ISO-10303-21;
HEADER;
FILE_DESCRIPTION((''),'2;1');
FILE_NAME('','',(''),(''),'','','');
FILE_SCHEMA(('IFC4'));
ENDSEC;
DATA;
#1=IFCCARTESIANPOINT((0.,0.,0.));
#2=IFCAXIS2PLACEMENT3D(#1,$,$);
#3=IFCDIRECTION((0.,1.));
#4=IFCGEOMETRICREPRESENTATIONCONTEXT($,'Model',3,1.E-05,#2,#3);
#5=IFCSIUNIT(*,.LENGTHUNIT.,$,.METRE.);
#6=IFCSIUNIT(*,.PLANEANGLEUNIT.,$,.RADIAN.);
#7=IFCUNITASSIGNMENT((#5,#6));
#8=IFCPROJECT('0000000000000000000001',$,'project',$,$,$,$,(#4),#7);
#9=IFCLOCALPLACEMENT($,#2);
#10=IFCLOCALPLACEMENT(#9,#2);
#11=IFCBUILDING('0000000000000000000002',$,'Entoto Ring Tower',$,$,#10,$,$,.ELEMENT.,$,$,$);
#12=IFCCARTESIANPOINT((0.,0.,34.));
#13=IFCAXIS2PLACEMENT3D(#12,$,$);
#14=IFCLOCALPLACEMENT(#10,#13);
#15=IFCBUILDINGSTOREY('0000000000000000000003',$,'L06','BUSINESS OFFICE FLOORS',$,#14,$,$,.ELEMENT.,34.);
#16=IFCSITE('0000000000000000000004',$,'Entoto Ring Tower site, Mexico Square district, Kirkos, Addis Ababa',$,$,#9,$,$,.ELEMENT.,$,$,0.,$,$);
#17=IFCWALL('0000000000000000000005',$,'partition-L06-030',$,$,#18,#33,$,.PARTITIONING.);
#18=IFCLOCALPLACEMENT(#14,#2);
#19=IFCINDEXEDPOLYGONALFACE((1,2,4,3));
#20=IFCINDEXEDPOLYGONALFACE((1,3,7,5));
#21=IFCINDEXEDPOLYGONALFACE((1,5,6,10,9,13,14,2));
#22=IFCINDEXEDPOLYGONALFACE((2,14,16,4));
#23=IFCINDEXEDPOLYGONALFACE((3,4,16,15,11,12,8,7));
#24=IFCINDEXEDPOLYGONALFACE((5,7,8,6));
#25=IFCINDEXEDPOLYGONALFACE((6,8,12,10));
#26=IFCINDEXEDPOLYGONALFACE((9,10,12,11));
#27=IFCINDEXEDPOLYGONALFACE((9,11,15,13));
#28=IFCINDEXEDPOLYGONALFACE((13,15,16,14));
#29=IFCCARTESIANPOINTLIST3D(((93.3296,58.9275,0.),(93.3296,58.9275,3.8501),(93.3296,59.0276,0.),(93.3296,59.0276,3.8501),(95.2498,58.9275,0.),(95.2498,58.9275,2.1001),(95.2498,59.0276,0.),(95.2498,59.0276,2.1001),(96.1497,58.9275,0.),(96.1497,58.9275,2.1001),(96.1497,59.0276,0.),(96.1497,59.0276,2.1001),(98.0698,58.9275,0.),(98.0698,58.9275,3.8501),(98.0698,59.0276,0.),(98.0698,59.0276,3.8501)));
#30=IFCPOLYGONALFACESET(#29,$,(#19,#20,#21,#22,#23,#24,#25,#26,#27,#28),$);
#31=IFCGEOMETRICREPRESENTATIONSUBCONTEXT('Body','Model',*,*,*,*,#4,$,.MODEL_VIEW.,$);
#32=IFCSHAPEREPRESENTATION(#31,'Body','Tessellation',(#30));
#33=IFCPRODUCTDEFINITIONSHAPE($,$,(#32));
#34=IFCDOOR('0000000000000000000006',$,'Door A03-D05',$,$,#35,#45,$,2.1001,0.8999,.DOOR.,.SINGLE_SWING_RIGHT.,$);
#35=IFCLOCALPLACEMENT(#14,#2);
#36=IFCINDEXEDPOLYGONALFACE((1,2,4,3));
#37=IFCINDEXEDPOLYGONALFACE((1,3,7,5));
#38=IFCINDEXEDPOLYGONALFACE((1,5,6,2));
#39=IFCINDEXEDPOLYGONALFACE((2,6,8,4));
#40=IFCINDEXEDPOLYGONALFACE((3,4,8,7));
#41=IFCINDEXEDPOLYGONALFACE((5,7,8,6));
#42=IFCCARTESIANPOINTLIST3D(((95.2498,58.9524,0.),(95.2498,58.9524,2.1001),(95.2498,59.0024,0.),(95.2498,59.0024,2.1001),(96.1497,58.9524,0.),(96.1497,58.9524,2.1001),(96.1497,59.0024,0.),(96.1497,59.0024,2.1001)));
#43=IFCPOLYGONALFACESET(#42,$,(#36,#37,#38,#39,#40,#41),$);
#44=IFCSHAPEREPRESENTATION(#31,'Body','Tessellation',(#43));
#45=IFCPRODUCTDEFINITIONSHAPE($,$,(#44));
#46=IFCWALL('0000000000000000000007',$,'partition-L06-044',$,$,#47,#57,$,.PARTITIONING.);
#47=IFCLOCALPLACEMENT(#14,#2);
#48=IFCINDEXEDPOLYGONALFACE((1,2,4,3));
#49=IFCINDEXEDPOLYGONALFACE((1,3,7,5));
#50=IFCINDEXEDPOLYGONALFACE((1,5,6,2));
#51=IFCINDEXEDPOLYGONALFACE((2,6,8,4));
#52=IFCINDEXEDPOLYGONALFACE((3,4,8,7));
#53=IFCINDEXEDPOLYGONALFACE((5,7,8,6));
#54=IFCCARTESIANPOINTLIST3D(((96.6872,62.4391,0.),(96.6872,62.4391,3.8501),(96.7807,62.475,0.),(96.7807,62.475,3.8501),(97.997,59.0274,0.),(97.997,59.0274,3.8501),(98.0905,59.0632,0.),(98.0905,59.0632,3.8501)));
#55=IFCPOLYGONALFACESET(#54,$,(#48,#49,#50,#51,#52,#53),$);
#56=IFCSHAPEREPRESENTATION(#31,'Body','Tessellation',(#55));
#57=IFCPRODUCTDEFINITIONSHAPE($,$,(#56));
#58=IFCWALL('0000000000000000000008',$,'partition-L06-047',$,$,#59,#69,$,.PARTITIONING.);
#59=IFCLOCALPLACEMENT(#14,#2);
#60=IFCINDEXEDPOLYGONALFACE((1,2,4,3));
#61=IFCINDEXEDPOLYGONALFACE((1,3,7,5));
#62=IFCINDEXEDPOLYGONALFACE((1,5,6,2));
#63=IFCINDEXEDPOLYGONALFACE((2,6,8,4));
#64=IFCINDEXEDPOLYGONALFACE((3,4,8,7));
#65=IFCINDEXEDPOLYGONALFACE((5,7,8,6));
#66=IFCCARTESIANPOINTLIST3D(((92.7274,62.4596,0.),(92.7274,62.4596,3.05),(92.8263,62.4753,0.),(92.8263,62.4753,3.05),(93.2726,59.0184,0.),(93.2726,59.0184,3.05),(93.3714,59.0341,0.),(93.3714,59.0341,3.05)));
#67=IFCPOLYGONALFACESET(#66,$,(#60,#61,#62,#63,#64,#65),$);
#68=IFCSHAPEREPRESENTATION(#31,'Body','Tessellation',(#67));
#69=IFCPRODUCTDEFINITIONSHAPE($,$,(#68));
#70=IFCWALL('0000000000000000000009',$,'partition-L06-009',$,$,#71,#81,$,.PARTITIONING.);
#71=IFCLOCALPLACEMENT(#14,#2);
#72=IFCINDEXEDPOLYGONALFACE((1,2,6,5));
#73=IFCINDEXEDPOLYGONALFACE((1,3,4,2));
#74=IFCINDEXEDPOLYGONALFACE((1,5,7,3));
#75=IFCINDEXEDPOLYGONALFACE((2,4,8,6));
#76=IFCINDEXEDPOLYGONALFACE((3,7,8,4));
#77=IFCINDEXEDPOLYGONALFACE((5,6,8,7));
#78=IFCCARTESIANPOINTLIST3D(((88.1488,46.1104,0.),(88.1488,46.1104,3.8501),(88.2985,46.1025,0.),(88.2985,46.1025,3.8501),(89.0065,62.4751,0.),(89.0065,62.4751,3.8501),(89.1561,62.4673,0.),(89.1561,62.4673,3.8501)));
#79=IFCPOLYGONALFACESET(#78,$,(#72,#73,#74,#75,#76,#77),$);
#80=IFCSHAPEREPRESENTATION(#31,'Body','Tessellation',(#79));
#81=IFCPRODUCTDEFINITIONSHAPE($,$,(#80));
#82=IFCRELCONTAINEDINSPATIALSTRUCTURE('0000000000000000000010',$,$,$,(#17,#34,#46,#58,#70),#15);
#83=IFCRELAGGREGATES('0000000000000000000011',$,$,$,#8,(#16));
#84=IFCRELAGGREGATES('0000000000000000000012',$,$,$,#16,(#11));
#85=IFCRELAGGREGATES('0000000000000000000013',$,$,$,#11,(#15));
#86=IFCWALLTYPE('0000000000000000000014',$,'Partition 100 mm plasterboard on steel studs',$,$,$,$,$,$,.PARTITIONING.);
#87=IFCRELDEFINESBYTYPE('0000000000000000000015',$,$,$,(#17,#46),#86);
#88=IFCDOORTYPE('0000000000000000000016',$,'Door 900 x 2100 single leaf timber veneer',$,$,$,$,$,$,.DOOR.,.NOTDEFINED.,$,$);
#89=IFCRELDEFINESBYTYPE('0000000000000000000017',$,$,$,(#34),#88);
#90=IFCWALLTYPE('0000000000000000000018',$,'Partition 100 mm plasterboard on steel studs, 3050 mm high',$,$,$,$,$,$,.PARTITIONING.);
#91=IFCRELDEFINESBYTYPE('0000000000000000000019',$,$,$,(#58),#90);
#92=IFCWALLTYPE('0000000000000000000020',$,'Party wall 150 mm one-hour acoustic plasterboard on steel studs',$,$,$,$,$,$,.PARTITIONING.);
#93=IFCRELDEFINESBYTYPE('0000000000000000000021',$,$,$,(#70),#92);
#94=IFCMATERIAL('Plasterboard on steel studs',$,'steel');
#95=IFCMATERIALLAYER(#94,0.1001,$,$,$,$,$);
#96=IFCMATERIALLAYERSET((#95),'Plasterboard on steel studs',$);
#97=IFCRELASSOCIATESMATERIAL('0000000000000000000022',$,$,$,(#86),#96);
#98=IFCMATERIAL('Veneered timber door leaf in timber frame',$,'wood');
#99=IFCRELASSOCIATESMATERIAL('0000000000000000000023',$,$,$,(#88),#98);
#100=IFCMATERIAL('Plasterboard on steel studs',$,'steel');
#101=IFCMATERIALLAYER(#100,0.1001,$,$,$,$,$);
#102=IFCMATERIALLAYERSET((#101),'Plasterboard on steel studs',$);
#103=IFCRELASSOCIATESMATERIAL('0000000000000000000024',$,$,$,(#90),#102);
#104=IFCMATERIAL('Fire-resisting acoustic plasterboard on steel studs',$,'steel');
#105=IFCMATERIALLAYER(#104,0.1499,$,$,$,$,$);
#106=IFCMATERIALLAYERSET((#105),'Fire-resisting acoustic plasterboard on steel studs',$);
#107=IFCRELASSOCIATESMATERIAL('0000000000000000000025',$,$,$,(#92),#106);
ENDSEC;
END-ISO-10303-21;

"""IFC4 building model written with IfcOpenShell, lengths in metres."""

from ifc_helpers import new_model, si_unit, direction, frame, frame_2d, origin, place, context, subcontext, project, spatial, rectangle, extrude, material, layer, layer_set, type_object, element, fill, save


model = new_model("IFC4")

# Units and contexts
model_context = context("Model", 3, precision=1e-05, world=origin(), true_north=direction((0.0, 1.0)))
body_context = subcontext(model_context, "Body", "Model", "MODEL_VIEW")
ifc_project = project(units=[si_unit("LENGTHUNIT", "METRE"), si_unit("PLANEANGLEUNIT", "RADIAN")], contexts=[model_context])

# Site, building, storey
site_placement = place(None, origin())
site = spatial("IfcSite", under=ifc_project, at=site_placement, Name="Entoto Ring Tower site, Mexico Square district, Kirkos, Addis Ababa", CompositionType="ELEMENT", RefElevation=0.0)
building_placement = place(site_placement, origin())
building = spatial("IfcBuilding", under=site, at=building_placement, Name="Entoto Ring Tower", CompositionType="ELEMENT")
storey_placement = place(building_placement, frame((0.0, 0.0, 34.0)))
storey = spatial("IfcBuildingStorey", under=building, at=storey_placement, Name="L06", Description="BUSINESS OFFICE FLOORS", CompositionType="ELEMENT", Elevation=34.0)

# Shared definitions
ifc_material_1 = material(Name="Plasterboard on steel studs", Category="steel")
ifc_layer_1 = layer(ifc_material_1, 0.1001)
ifc_layer_set_1 = layer_set([ifc_layer_1], Name="Plasterboard on steel studs")
wall_type_1 = type_object("IfcWallType", Name="Partition 100 mm plasterboard on steel studs", PredefinedType="PARTITIONING", material=ifc_layer_set_1)
ifc_material_2 = material(Name="Veneered timber door leaf in timber frame", Category="wood")
door_type_1 = type_object("IfcDoorType", Name="Door 900 x 2100 single leaf timber veneer", OperationType="NOTDEFINED", PredefinedType="DOOR", material=ifc_material_2)

# Wall, opening, door
wall_1_placement = place(storey_placement, frame((93.3296, 58.9775, 0.0), z_axis=(0.0, 0.0, 1.0), x_axis=(1.0, 0.0, 0.0)))
wall_1 = element("IfcWall", 1, at=wall_1_placement, inside=storey, type_object=wall_type_1, Name="partition-L06-030", PredefinedType="PARTITIONING", context=body_context, shape_type="SweptSolid", body=[
    extrude(rectangle(XDim=4.7402, YDim=0.1001, at=frame_2d((2.3701, 0.0))), origin(), (0.0, 0.0, 1.0), 3.8501),
])
opening_1_placement = place(wall_1_placement, frame((1.9202, 0.0, 0.0)))
opening_1 = element("IfcOpeningElement", 2, at=opening_1_placement, cuts=wall_1, PredefinedType="OPENING", context=body_context, shape_type="SweptSolid", body=[
    extrude(rectangle(XDim=0.8999, YDim=2.1001, at=frame_2d((0.45, 1.05))), frame((0.0, 0.0601, 0.0), z_axis=(0.0, -1.0, 0.0), x_axis=(1.0, 0.0, 0.0)), (0.0, 0.0, 1.0), 0.1201),
])
door_1_placement = place(opening_1_placement, origin())
door_1 = element("IfcDoor", 3, at=door_1_placement, inside=storey, type_object=door_type_1, Name="Door A03-D05", OperationType="SINGLE_SWING_RIGHT", OverallHeight=2.1001, OverallWidth=0.8999, PredefinedType="DOOR", context=body_context, shape_type="SweptSolid", body=[
    extrude(rectangle(XDim=0.8999, YDim=2.1001, at=frame_2d((0.45, 1.05))), frame((0.0, 0.0249, 0.0), z_axis=(0.0, -1.0, 0.0), x_axis=(1.0, 0.0, 0.0)), (0.0, 0.0, 1.0), 0.05),
])
fill(opening_1, door_1)

# Walls
wall_2_placement = place(storey_placement, frame((98.0437, 59.0454, 0.0), z_axis=(0.0, 0.0, 1.0), x_axis=(-0.358397, 0.933569, 0.0)))
element("IfcWall", 4, at=wall_2_placement, inside=storey, type_object=wall_type_1, Name="partition-L06-044", PredefinedType="PARTITIONING", context=body_context, shape_type="SweptSolid", body=[
    extrude(rectangle(XDim=3.6545, YDim=0.1001, at=frame_2d((1.8271, 0.0))), origin(), (0.0, 0.0, 1.0), 3.8501),
])
ifc_material_3 = material(Name="Plasterboard on steel studs", Category="steel")
ifc_layer_2 = layer(ifc_material_3, 0.1001)
ifc_layer_set_2 = layer_set([ifc_layer_2], Name="Plasterboard on steel studs")
wall_type_2 = type_object("IfcWallType", Name="Partition 100 mm plasterboard on steel studs, 3050 mm high", PredefinedType="PARTITIONING", material=ifc_layer_set_2)
wall_3_placement = place(storey_placement, frame((93.322, 59.0261, 0.0), z_axis=(0.0, 0.0, 1.0), x_axis=(-0.156474, 0.987682, 0.0)))
element("IfcWall", 5, at=wall_3_placement, inside=storey, type_object=wall_type_2, Name="partition-L06-047", PredefinedType="PARTITIONING", context=body_context, shape_type="SweptSolid", body=[
    extrude(rectangle(XDim=3.4841, YDim=0.1001, at=frame_2d((1.7422, 0.0))), origin(), (0.0, 0.0, 1.0), 3.05),
])
ifc_material_4 = material(Name="Fire-resisting acoustic plasterboard on steel studs", Category="steel")
ifc_layer_3 = layer(ifc_material_4, 0.1499)
ifc_layer_set_3 = layer_set([ifc_layer_3], Name="Fire-resisting acoustic plasterboard on steel studs")
wall_type_3 = type_object("IfcWallType", Name="Party wall 150 mm one-hour acoustic plasterboard on steel studs", PredefinedType="PARTITIONING", material=ifc_layer_set_3)
wall_4_placement = place(storey_placement, frame((88.2236, 46.1064, 0.0), z_axis=(0.0, 0.0, 1.0), x_axis=(0.052338, 0.998629, 0.0)))
element("IfcWall", 6, at=wall_4_placement, inside=storey, type_object=wall_type_3, Name="partition-L06-009", PredefinedType="PARTITIONING", context=body_context, shape_type="SweptSolid", body=[
    extrude(rectangle(XDim=16.3872, YDim=0.1499, at=frame_2d((8.1936, 0.0))), origin(), (0.0, 0.0, 1.0), 3.8501),
])

save(model, "model.ifc")
